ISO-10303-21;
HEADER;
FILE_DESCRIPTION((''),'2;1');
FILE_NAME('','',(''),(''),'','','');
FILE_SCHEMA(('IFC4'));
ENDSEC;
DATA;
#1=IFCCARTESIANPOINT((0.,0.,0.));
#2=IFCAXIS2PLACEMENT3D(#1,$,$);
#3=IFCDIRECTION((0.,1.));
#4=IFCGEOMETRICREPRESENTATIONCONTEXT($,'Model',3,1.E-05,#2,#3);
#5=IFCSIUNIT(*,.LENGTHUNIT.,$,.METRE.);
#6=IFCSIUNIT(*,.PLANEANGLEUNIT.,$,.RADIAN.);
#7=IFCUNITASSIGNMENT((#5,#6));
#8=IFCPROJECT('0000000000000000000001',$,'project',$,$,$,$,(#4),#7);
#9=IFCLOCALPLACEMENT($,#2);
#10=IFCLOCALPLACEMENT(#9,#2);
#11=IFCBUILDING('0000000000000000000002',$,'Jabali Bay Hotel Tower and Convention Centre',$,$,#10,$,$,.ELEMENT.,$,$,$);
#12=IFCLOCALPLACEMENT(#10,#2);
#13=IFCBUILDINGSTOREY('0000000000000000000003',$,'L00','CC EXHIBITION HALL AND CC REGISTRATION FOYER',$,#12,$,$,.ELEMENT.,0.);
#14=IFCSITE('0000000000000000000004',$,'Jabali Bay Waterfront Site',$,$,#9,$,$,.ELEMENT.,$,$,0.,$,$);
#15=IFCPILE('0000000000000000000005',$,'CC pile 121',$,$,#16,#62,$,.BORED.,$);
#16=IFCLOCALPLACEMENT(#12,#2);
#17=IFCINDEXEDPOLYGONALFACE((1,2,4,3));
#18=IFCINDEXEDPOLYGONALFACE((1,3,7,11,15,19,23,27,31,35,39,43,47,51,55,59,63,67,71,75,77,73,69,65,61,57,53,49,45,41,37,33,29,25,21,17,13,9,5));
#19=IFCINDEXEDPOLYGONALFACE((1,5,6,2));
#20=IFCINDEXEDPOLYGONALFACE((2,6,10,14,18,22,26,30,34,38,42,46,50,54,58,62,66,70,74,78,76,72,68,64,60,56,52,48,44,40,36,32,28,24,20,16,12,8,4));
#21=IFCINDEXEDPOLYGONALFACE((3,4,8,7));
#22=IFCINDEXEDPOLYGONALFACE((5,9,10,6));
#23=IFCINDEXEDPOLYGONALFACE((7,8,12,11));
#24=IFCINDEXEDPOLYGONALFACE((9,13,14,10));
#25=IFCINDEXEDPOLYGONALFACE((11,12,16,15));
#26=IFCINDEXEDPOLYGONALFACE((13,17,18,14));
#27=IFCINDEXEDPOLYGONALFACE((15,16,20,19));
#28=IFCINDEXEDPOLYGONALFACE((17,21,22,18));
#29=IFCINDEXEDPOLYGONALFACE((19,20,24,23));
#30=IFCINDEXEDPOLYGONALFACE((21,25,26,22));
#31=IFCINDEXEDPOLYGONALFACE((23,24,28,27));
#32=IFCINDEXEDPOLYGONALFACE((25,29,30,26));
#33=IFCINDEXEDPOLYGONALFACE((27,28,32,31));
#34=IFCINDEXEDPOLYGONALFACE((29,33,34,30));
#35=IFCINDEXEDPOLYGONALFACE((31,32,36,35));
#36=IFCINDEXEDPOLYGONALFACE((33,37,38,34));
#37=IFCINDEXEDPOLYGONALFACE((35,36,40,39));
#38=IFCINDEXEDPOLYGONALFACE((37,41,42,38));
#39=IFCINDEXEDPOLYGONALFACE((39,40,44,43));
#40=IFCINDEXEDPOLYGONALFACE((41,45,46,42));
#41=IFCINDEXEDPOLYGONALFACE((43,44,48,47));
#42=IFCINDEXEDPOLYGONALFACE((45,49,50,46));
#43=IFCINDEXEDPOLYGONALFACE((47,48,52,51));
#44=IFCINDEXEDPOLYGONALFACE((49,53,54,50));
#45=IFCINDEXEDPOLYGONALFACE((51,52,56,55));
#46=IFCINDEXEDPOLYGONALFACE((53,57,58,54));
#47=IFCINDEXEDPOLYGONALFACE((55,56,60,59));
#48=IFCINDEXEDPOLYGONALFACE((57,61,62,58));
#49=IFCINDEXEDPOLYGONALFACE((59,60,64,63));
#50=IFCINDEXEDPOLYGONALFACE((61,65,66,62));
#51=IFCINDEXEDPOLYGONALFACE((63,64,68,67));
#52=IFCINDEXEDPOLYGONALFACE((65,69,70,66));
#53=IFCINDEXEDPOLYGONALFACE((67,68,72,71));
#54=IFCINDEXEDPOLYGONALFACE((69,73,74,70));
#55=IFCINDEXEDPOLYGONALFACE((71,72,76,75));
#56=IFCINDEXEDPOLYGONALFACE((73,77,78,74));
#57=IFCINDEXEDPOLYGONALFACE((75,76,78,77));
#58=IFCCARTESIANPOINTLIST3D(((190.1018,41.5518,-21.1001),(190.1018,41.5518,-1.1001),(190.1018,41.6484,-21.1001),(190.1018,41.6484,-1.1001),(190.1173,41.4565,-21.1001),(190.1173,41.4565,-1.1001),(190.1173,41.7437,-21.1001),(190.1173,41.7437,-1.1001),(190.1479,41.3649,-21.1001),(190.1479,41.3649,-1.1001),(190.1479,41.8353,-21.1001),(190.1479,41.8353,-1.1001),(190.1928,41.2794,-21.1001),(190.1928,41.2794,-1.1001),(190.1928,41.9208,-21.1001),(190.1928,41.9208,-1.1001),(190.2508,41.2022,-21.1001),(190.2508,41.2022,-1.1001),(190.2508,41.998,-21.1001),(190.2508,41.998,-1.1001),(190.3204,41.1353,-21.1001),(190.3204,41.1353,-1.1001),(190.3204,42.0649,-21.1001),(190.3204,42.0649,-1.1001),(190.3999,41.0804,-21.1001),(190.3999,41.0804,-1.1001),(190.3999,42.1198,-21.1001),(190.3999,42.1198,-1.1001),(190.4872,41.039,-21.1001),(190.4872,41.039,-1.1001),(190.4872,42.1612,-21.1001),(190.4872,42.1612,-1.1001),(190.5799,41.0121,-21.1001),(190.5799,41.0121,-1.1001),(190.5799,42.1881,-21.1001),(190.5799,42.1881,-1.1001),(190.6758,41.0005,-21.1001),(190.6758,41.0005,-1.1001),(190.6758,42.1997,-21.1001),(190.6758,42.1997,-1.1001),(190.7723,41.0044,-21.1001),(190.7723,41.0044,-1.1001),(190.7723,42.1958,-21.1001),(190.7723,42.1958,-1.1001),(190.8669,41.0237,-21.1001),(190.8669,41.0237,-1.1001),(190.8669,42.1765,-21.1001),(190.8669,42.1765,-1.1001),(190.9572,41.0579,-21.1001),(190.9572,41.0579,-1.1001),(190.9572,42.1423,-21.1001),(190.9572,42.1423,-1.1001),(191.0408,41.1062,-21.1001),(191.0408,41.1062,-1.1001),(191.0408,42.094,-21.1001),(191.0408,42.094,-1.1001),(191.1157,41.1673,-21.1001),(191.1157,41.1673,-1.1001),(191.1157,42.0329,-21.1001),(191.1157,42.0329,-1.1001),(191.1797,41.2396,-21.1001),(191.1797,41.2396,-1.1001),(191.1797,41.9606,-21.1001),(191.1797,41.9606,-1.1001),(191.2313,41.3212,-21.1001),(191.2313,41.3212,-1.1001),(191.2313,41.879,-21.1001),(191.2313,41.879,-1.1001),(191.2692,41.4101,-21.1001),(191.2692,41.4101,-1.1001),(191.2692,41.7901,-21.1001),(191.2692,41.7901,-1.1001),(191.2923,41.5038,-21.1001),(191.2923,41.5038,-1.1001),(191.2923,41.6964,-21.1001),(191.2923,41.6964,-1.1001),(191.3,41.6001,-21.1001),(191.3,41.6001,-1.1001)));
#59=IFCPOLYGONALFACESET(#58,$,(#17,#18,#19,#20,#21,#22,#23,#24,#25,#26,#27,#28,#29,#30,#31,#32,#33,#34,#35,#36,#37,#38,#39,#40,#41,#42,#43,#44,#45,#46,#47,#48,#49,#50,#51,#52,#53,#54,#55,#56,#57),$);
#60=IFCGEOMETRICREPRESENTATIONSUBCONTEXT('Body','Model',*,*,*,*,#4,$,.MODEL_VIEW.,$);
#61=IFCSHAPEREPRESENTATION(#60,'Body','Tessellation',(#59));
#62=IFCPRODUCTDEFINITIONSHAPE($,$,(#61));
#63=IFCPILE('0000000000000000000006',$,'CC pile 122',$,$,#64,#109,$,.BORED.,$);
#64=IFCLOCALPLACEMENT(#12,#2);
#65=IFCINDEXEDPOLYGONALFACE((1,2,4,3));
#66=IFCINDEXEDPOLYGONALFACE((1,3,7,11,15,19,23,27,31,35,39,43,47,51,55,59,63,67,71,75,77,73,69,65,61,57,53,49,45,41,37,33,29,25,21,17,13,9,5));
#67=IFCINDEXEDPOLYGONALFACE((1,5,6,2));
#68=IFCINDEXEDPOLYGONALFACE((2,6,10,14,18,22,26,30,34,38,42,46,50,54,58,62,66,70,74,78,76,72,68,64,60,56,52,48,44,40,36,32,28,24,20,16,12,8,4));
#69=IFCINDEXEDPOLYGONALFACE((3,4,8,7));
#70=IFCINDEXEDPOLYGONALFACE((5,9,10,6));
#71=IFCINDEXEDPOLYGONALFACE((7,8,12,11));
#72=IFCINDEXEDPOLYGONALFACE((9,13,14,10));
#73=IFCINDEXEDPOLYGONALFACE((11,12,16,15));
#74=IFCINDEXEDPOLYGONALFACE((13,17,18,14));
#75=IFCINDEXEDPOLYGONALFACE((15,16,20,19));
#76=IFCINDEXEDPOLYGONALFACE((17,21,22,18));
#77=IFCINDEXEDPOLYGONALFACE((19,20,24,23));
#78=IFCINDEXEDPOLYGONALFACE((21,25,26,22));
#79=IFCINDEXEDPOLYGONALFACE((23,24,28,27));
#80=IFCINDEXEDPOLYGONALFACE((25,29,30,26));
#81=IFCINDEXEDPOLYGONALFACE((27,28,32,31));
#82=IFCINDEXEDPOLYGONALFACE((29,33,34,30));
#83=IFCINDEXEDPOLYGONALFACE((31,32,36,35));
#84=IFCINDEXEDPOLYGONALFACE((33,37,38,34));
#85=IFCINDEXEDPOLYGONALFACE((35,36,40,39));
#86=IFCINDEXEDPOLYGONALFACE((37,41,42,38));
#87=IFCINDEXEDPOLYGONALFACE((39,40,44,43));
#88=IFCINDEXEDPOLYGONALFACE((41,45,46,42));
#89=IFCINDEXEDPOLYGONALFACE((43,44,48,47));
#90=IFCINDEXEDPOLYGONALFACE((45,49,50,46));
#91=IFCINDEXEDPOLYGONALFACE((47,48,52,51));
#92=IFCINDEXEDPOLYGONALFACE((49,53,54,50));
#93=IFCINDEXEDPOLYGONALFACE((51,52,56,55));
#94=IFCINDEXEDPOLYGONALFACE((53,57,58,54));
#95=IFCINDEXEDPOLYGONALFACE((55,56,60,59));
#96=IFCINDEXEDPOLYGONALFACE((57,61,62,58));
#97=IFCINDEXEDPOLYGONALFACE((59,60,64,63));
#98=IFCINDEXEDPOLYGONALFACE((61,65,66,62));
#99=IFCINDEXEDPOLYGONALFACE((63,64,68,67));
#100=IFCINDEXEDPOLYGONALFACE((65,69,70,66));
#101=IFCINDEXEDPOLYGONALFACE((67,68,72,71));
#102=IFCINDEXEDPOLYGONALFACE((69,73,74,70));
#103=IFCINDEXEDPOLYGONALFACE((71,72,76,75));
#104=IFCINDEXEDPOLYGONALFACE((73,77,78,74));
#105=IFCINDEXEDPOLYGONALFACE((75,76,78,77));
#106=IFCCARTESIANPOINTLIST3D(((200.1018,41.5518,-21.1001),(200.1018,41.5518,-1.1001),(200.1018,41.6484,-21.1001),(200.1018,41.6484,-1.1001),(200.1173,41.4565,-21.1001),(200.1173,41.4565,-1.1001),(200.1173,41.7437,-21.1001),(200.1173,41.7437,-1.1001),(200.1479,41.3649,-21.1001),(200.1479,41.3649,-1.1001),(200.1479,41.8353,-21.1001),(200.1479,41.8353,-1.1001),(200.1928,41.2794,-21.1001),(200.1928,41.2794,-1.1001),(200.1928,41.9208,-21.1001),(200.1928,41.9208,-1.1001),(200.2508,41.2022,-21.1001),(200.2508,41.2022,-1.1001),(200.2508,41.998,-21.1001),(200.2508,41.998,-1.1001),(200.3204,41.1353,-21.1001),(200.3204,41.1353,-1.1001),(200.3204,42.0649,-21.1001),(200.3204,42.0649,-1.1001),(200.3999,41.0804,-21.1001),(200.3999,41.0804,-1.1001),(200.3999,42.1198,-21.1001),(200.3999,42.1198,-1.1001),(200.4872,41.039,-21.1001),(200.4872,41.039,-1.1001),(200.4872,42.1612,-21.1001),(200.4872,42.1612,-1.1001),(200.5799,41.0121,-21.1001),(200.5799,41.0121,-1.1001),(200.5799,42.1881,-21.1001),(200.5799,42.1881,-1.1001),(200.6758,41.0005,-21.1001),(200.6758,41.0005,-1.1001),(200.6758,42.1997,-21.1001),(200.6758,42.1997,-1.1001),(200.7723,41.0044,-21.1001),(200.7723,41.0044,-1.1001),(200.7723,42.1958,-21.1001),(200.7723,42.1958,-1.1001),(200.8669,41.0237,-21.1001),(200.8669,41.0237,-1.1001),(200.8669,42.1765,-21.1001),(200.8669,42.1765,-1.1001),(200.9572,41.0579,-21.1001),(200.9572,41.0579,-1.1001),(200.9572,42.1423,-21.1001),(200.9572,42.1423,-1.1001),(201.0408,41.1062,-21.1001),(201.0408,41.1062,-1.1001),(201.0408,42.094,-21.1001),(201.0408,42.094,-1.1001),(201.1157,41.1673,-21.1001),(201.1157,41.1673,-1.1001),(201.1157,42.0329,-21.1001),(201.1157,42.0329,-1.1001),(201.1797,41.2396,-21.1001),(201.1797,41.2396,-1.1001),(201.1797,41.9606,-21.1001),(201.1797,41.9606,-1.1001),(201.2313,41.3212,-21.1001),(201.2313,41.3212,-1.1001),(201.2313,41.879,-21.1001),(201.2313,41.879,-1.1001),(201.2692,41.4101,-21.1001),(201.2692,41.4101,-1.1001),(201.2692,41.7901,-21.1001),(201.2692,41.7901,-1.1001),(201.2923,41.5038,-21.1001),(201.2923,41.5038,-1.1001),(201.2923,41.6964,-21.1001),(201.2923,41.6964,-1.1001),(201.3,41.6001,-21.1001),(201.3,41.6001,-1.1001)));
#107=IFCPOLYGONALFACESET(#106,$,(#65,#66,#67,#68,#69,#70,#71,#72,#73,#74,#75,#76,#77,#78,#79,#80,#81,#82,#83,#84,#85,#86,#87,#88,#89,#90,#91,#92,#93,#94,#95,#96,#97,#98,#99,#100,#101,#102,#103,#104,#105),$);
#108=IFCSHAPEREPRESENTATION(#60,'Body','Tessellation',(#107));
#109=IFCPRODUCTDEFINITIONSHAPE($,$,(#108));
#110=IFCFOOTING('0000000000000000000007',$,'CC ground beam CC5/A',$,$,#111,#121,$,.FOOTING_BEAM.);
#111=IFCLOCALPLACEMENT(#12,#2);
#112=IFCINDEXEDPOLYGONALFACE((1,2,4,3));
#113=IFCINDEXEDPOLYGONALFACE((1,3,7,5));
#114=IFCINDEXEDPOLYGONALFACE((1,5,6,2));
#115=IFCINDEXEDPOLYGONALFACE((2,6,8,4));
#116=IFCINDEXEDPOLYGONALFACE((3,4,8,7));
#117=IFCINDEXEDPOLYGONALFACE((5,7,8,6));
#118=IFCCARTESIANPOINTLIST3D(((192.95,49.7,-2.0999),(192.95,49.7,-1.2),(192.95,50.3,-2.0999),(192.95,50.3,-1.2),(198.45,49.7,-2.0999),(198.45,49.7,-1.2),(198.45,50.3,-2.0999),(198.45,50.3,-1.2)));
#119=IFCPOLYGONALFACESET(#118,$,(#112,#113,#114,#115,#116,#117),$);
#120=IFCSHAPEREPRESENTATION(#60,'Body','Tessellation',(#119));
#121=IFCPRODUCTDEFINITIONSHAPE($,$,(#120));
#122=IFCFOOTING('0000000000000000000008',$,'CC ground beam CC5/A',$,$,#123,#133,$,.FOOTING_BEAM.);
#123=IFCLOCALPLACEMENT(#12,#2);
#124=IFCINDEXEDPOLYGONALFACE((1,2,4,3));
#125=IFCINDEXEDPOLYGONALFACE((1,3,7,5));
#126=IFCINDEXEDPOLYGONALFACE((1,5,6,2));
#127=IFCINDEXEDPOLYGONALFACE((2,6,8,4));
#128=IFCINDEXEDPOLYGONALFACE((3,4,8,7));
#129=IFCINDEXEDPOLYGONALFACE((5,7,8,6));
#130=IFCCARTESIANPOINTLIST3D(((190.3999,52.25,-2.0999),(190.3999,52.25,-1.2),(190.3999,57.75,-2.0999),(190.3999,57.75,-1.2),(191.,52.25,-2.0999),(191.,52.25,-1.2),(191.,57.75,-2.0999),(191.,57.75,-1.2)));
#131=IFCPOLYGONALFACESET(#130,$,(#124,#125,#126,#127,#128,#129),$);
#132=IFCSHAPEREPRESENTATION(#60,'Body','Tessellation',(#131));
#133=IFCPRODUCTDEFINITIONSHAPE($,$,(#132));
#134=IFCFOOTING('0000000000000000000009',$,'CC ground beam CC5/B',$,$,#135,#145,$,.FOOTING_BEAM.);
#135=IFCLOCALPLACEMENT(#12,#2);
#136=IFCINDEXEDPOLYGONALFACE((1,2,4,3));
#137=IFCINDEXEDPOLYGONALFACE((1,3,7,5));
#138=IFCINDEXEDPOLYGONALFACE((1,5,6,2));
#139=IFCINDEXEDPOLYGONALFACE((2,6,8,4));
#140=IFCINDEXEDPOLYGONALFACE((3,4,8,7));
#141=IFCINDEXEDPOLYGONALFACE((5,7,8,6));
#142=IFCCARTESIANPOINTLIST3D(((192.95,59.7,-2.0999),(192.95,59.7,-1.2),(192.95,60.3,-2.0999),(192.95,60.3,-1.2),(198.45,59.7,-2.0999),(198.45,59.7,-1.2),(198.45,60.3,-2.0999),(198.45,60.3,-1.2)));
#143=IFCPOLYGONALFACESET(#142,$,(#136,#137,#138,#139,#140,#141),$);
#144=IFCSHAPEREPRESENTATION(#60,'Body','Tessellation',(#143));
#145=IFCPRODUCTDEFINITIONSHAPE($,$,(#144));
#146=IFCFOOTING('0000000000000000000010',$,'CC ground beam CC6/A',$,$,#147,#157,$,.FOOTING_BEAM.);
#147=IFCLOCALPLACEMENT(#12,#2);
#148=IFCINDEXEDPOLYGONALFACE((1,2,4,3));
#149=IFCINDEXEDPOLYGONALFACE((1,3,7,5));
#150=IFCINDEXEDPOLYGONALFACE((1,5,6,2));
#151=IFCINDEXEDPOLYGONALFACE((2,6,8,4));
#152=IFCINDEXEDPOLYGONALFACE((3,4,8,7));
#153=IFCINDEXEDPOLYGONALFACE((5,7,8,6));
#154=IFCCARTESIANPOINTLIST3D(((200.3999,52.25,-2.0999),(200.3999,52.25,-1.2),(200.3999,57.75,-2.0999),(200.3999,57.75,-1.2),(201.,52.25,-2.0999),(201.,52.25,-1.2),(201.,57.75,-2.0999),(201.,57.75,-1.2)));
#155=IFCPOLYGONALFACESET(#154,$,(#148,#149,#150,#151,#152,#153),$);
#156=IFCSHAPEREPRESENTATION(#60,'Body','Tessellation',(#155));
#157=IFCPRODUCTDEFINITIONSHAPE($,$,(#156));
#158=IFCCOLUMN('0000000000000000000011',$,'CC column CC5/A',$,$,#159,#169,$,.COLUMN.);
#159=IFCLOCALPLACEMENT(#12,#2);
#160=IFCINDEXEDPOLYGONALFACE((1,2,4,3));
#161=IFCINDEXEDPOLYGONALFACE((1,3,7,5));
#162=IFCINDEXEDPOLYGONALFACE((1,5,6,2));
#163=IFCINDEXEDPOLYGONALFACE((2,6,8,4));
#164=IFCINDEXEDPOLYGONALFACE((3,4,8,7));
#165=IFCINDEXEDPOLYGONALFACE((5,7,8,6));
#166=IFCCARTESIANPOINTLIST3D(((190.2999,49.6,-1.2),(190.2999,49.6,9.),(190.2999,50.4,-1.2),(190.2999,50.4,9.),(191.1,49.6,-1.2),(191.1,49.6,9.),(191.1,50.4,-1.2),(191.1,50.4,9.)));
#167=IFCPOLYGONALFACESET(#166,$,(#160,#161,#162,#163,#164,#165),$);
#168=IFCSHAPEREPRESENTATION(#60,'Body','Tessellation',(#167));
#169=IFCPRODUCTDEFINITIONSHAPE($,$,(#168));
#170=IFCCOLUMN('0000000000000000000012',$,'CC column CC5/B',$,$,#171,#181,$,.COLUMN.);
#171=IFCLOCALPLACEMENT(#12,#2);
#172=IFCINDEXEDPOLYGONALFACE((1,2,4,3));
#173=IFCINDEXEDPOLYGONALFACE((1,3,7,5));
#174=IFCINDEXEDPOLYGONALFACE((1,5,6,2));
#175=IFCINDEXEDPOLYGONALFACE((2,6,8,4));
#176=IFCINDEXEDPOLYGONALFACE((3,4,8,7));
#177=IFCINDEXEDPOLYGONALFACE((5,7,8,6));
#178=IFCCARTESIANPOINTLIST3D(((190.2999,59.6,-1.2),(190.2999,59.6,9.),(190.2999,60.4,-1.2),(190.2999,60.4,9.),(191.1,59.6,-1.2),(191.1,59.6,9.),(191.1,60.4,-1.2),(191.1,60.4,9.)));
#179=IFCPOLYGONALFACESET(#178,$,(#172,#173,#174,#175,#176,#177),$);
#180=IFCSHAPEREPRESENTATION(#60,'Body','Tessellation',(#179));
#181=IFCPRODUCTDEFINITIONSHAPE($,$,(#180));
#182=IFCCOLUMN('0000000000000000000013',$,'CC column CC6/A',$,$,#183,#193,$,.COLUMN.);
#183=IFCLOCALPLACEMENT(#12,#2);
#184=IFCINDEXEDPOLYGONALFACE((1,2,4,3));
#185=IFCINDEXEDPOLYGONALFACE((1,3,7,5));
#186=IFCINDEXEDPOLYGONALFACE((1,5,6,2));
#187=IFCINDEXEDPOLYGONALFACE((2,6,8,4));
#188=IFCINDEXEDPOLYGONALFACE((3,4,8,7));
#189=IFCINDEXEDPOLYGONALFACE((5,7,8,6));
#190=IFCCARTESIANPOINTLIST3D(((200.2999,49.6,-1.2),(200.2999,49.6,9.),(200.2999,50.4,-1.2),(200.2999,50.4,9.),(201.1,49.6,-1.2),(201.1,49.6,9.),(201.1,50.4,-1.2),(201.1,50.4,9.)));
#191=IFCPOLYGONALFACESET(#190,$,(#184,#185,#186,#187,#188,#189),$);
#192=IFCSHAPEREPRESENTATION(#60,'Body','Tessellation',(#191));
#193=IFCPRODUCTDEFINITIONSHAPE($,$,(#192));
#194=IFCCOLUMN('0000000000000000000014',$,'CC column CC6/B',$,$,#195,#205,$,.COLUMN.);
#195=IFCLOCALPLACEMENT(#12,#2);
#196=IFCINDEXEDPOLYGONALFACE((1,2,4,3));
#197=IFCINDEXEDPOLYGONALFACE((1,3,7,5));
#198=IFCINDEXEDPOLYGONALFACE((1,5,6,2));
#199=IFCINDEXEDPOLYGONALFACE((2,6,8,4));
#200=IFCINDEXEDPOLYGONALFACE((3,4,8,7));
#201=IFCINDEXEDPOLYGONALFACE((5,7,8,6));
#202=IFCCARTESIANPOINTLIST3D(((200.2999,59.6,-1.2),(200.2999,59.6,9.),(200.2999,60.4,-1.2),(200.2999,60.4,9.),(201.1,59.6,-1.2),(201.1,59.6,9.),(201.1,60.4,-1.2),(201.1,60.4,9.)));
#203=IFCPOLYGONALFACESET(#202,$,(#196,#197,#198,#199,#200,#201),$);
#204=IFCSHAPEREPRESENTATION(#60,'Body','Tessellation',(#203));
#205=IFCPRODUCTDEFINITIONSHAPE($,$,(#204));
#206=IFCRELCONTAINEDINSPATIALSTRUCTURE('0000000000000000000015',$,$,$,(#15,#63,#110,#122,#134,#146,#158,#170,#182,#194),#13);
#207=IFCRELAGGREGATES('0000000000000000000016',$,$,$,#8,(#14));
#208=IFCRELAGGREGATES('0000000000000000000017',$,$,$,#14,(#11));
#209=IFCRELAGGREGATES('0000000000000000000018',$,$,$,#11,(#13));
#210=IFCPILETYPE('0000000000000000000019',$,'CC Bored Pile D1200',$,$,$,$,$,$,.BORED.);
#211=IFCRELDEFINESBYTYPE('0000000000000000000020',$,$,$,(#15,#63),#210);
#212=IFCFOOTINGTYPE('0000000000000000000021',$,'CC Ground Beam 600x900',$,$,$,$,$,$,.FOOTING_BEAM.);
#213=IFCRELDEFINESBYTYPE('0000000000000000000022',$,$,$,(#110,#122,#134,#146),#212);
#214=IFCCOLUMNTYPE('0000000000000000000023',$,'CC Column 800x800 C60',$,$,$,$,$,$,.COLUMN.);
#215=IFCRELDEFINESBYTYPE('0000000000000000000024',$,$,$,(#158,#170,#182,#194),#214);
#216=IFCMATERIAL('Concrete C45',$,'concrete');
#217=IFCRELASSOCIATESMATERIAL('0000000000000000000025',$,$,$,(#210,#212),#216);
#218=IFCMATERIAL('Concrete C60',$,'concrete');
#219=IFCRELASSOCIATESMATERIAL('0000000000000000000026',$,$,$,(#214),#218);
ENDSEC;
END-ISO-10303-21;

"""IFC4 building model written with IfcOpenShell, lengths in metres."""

from ifc_helpers import new_model, si_unit, direction, frame, origin, origin_2d, place, context, subcontext, project, spatial, rectangle, circle, extrude, material, material_profile, profile_set, type_object, element, save


model = new_model("IFC4")

# Units and contexts
model_context = context("Model", 3, precision=1e-05, world=origin(), true_north=direction((0.0, 1.0)))
body_context = subcontext(model_context, "Body", "Model", "MODEL_VIEW")
ifc_project = project(units=[si_unit("LENGTHUNIT", "METRE"), si_unit("PLANEANGLEUNIT", "RADIAN")], contexts=[model_context])

# Site, building, storey
site_placement = place(None, origin())
site = spatial("IfcSite", under=ifc_project, at=site_placement, Name="Jabali Bay Waterfront Site", CompositionType="ELEMENT", RefElevation=0.0)
building_placement = place(site_placement, origin())
building = spatial("IfcBuilding", under=site, at=building_placement, Name="Jabali Bay Hotel Tower and Convention Centre", CompositionType="ELEMENT")
storey_placement = place(building_placement, origin())
storey = spatial("IfcBuildingStorey", under=building, at=storey_placement, Name="L00", Description="CC EXHIBITION HALL AND CC REGISTRATION FOYER", CompositionType="ELEMENT", Elevation=0.0)

# Piles
ifc_material_1 = material(Name="Concrete C45", Category="concrete")
ifc_material_profile_1 = material_profile(ifc_material_1, circle(Radius=0.6001, at=origin_2d()), Name="D1200")
ifc_profile_set_1 = profile_set([ifc_material_profile_1], Name="Concrete C45")
pile_type = type_object("IfcPileType", Name="CC Bored Pile D1200", PredefinedType="BORED", material=ifc_profile_set_1)
for number, where, z_axis, x_axis, name in (
    (1, (190.7, 41.6001, -1.1001), (0.0, 0.0, -1.0), (1.0, 0.0, 0.0), "CC pile 121"),
    (2, (200.7, 41.6001, -1.1001), (0.0, 0.0, -1.0), (1.0, 0.0, 0.0), "CC pile 122"),
):
    element("IfcPile", number, at=place(storey_placement, frame(where, z_axis=z_axis, x_axis=x_axis)), inside=storey, type_object=pile_type, Name=name, PredefinedType="BORED", context=body_context, shape_type="SweptSolid", body=[
        extrude(circle(Radius=0.6001, at=origin_2d()), origin(), (0.0, 0.0, 1.0), 20.0),
    ])

# Footings
ifc_material_profile_2 = material_profile(ifc_material_1, rectangle(XDim=0.6001, YDim=0.8999, at=origin_2d()), Name="RC 600x900")
ifc_profile_set_2 = profile_set([ifc_material_profile_2], Name="Concrete C45")
footing_type = type_object("IfcFootingType", Name="CC Ground Beam 600x900", PredefinedType="FOOTING_BEAM", material=ifc_profile_set_2)
for number, where, z_axis, x_axis, name in (
    (3, (192.95, 50.0, -1.6499), (1.0, 0.0, 0.0), (0.0, 1.0, 0.0), "CC ground beam CC5/A"),
    (4, (190.7, 52.25, -1.6499), (0.0, 1.0, 0.0), (-1.0, 0.0, 0.0), "CC ground beam CC5/A"),
    (5, (192.95, 60.0, -1.6499), (1.0, 0.0, 0.0), (0.0, 1.0, 0.0), "CC ground beam CC5/B"),
    (6, (200.7, 52.25, -1.6499), (0.0, 1.0, 0.0), (-1.0, 0.0, 0.0), "CC ground beam CC6/A"),
):
    element("IfcFooting", number, at=place(storey_placement, frame(where, z_axis=z_axis, x_axis=x_axis)), inside=storey, type_object=footing_type, Name=name, PredefinedType="FOOTING_BEAM", context=body_context, shape_type="SweptSolid", body=[
        extrude(rectangle(XDim=0.6001, YDim=0.8999, at=origin_2d()), origin(), (0.0, 0.0, 1.0), 5.5),
    ])

# Columns
ifc_material_2 = material(Name="Concrete C60", Category="concrete")
ifc_material_profile_3 = material_profile(ifc_material_2, rectangle(XDim=0.8, YDim=0.8, at=origin_2d()), Name="RC 800x800")
ifc_profile_set_3 = profile_set([ifc_material_profile_3], Name="Concrete C60")
column_type_1 = type_object("IfcColumnType", Name="CC Column 800x800 C60", PredefinedType="COLUMN", material=ifc_profile_set_3)
for number, where, z_axis, x_axis, name in (
    (7, (190.7, 50.0, -1.2), (0.0, 0.0, 1.0), (1.0, 0.0, 0.0), "CC column CC5/A"),
    (8, (190.7, 60.0, -1.2), (0.0, 0.0, 1.0), (1.0, 0.0, 0.0), "CC column CC5/B"),
    (9, (200.7, 50.0, -1.2), (0.0, 0.0, 1.0), (1.0, 0.0, 0.0), "CC column CC6/A"),
    (10, (200.7, 60.0, -1.2), (0.0, 0.0, 1.0), (1.0, 0.0, 0.0), "CC column CC6/B"),
):
    element("IfcColumn", number, at=place(storey_placement, frame(where, z_axis=z_axis, x_axis=x_axis)), inside=storey, type_object=column_type_1, Name=name, PredefinedType="COLUMN", context=body_context, shape_type="SweptSolid", body=[
        extrude(rectangle(XDim=0.8, YDim=0.8, at=origin_2d()), origin(), (0.0, 0.0, 1.0), 10.2),
    ])

save(model, "model.ifc")
